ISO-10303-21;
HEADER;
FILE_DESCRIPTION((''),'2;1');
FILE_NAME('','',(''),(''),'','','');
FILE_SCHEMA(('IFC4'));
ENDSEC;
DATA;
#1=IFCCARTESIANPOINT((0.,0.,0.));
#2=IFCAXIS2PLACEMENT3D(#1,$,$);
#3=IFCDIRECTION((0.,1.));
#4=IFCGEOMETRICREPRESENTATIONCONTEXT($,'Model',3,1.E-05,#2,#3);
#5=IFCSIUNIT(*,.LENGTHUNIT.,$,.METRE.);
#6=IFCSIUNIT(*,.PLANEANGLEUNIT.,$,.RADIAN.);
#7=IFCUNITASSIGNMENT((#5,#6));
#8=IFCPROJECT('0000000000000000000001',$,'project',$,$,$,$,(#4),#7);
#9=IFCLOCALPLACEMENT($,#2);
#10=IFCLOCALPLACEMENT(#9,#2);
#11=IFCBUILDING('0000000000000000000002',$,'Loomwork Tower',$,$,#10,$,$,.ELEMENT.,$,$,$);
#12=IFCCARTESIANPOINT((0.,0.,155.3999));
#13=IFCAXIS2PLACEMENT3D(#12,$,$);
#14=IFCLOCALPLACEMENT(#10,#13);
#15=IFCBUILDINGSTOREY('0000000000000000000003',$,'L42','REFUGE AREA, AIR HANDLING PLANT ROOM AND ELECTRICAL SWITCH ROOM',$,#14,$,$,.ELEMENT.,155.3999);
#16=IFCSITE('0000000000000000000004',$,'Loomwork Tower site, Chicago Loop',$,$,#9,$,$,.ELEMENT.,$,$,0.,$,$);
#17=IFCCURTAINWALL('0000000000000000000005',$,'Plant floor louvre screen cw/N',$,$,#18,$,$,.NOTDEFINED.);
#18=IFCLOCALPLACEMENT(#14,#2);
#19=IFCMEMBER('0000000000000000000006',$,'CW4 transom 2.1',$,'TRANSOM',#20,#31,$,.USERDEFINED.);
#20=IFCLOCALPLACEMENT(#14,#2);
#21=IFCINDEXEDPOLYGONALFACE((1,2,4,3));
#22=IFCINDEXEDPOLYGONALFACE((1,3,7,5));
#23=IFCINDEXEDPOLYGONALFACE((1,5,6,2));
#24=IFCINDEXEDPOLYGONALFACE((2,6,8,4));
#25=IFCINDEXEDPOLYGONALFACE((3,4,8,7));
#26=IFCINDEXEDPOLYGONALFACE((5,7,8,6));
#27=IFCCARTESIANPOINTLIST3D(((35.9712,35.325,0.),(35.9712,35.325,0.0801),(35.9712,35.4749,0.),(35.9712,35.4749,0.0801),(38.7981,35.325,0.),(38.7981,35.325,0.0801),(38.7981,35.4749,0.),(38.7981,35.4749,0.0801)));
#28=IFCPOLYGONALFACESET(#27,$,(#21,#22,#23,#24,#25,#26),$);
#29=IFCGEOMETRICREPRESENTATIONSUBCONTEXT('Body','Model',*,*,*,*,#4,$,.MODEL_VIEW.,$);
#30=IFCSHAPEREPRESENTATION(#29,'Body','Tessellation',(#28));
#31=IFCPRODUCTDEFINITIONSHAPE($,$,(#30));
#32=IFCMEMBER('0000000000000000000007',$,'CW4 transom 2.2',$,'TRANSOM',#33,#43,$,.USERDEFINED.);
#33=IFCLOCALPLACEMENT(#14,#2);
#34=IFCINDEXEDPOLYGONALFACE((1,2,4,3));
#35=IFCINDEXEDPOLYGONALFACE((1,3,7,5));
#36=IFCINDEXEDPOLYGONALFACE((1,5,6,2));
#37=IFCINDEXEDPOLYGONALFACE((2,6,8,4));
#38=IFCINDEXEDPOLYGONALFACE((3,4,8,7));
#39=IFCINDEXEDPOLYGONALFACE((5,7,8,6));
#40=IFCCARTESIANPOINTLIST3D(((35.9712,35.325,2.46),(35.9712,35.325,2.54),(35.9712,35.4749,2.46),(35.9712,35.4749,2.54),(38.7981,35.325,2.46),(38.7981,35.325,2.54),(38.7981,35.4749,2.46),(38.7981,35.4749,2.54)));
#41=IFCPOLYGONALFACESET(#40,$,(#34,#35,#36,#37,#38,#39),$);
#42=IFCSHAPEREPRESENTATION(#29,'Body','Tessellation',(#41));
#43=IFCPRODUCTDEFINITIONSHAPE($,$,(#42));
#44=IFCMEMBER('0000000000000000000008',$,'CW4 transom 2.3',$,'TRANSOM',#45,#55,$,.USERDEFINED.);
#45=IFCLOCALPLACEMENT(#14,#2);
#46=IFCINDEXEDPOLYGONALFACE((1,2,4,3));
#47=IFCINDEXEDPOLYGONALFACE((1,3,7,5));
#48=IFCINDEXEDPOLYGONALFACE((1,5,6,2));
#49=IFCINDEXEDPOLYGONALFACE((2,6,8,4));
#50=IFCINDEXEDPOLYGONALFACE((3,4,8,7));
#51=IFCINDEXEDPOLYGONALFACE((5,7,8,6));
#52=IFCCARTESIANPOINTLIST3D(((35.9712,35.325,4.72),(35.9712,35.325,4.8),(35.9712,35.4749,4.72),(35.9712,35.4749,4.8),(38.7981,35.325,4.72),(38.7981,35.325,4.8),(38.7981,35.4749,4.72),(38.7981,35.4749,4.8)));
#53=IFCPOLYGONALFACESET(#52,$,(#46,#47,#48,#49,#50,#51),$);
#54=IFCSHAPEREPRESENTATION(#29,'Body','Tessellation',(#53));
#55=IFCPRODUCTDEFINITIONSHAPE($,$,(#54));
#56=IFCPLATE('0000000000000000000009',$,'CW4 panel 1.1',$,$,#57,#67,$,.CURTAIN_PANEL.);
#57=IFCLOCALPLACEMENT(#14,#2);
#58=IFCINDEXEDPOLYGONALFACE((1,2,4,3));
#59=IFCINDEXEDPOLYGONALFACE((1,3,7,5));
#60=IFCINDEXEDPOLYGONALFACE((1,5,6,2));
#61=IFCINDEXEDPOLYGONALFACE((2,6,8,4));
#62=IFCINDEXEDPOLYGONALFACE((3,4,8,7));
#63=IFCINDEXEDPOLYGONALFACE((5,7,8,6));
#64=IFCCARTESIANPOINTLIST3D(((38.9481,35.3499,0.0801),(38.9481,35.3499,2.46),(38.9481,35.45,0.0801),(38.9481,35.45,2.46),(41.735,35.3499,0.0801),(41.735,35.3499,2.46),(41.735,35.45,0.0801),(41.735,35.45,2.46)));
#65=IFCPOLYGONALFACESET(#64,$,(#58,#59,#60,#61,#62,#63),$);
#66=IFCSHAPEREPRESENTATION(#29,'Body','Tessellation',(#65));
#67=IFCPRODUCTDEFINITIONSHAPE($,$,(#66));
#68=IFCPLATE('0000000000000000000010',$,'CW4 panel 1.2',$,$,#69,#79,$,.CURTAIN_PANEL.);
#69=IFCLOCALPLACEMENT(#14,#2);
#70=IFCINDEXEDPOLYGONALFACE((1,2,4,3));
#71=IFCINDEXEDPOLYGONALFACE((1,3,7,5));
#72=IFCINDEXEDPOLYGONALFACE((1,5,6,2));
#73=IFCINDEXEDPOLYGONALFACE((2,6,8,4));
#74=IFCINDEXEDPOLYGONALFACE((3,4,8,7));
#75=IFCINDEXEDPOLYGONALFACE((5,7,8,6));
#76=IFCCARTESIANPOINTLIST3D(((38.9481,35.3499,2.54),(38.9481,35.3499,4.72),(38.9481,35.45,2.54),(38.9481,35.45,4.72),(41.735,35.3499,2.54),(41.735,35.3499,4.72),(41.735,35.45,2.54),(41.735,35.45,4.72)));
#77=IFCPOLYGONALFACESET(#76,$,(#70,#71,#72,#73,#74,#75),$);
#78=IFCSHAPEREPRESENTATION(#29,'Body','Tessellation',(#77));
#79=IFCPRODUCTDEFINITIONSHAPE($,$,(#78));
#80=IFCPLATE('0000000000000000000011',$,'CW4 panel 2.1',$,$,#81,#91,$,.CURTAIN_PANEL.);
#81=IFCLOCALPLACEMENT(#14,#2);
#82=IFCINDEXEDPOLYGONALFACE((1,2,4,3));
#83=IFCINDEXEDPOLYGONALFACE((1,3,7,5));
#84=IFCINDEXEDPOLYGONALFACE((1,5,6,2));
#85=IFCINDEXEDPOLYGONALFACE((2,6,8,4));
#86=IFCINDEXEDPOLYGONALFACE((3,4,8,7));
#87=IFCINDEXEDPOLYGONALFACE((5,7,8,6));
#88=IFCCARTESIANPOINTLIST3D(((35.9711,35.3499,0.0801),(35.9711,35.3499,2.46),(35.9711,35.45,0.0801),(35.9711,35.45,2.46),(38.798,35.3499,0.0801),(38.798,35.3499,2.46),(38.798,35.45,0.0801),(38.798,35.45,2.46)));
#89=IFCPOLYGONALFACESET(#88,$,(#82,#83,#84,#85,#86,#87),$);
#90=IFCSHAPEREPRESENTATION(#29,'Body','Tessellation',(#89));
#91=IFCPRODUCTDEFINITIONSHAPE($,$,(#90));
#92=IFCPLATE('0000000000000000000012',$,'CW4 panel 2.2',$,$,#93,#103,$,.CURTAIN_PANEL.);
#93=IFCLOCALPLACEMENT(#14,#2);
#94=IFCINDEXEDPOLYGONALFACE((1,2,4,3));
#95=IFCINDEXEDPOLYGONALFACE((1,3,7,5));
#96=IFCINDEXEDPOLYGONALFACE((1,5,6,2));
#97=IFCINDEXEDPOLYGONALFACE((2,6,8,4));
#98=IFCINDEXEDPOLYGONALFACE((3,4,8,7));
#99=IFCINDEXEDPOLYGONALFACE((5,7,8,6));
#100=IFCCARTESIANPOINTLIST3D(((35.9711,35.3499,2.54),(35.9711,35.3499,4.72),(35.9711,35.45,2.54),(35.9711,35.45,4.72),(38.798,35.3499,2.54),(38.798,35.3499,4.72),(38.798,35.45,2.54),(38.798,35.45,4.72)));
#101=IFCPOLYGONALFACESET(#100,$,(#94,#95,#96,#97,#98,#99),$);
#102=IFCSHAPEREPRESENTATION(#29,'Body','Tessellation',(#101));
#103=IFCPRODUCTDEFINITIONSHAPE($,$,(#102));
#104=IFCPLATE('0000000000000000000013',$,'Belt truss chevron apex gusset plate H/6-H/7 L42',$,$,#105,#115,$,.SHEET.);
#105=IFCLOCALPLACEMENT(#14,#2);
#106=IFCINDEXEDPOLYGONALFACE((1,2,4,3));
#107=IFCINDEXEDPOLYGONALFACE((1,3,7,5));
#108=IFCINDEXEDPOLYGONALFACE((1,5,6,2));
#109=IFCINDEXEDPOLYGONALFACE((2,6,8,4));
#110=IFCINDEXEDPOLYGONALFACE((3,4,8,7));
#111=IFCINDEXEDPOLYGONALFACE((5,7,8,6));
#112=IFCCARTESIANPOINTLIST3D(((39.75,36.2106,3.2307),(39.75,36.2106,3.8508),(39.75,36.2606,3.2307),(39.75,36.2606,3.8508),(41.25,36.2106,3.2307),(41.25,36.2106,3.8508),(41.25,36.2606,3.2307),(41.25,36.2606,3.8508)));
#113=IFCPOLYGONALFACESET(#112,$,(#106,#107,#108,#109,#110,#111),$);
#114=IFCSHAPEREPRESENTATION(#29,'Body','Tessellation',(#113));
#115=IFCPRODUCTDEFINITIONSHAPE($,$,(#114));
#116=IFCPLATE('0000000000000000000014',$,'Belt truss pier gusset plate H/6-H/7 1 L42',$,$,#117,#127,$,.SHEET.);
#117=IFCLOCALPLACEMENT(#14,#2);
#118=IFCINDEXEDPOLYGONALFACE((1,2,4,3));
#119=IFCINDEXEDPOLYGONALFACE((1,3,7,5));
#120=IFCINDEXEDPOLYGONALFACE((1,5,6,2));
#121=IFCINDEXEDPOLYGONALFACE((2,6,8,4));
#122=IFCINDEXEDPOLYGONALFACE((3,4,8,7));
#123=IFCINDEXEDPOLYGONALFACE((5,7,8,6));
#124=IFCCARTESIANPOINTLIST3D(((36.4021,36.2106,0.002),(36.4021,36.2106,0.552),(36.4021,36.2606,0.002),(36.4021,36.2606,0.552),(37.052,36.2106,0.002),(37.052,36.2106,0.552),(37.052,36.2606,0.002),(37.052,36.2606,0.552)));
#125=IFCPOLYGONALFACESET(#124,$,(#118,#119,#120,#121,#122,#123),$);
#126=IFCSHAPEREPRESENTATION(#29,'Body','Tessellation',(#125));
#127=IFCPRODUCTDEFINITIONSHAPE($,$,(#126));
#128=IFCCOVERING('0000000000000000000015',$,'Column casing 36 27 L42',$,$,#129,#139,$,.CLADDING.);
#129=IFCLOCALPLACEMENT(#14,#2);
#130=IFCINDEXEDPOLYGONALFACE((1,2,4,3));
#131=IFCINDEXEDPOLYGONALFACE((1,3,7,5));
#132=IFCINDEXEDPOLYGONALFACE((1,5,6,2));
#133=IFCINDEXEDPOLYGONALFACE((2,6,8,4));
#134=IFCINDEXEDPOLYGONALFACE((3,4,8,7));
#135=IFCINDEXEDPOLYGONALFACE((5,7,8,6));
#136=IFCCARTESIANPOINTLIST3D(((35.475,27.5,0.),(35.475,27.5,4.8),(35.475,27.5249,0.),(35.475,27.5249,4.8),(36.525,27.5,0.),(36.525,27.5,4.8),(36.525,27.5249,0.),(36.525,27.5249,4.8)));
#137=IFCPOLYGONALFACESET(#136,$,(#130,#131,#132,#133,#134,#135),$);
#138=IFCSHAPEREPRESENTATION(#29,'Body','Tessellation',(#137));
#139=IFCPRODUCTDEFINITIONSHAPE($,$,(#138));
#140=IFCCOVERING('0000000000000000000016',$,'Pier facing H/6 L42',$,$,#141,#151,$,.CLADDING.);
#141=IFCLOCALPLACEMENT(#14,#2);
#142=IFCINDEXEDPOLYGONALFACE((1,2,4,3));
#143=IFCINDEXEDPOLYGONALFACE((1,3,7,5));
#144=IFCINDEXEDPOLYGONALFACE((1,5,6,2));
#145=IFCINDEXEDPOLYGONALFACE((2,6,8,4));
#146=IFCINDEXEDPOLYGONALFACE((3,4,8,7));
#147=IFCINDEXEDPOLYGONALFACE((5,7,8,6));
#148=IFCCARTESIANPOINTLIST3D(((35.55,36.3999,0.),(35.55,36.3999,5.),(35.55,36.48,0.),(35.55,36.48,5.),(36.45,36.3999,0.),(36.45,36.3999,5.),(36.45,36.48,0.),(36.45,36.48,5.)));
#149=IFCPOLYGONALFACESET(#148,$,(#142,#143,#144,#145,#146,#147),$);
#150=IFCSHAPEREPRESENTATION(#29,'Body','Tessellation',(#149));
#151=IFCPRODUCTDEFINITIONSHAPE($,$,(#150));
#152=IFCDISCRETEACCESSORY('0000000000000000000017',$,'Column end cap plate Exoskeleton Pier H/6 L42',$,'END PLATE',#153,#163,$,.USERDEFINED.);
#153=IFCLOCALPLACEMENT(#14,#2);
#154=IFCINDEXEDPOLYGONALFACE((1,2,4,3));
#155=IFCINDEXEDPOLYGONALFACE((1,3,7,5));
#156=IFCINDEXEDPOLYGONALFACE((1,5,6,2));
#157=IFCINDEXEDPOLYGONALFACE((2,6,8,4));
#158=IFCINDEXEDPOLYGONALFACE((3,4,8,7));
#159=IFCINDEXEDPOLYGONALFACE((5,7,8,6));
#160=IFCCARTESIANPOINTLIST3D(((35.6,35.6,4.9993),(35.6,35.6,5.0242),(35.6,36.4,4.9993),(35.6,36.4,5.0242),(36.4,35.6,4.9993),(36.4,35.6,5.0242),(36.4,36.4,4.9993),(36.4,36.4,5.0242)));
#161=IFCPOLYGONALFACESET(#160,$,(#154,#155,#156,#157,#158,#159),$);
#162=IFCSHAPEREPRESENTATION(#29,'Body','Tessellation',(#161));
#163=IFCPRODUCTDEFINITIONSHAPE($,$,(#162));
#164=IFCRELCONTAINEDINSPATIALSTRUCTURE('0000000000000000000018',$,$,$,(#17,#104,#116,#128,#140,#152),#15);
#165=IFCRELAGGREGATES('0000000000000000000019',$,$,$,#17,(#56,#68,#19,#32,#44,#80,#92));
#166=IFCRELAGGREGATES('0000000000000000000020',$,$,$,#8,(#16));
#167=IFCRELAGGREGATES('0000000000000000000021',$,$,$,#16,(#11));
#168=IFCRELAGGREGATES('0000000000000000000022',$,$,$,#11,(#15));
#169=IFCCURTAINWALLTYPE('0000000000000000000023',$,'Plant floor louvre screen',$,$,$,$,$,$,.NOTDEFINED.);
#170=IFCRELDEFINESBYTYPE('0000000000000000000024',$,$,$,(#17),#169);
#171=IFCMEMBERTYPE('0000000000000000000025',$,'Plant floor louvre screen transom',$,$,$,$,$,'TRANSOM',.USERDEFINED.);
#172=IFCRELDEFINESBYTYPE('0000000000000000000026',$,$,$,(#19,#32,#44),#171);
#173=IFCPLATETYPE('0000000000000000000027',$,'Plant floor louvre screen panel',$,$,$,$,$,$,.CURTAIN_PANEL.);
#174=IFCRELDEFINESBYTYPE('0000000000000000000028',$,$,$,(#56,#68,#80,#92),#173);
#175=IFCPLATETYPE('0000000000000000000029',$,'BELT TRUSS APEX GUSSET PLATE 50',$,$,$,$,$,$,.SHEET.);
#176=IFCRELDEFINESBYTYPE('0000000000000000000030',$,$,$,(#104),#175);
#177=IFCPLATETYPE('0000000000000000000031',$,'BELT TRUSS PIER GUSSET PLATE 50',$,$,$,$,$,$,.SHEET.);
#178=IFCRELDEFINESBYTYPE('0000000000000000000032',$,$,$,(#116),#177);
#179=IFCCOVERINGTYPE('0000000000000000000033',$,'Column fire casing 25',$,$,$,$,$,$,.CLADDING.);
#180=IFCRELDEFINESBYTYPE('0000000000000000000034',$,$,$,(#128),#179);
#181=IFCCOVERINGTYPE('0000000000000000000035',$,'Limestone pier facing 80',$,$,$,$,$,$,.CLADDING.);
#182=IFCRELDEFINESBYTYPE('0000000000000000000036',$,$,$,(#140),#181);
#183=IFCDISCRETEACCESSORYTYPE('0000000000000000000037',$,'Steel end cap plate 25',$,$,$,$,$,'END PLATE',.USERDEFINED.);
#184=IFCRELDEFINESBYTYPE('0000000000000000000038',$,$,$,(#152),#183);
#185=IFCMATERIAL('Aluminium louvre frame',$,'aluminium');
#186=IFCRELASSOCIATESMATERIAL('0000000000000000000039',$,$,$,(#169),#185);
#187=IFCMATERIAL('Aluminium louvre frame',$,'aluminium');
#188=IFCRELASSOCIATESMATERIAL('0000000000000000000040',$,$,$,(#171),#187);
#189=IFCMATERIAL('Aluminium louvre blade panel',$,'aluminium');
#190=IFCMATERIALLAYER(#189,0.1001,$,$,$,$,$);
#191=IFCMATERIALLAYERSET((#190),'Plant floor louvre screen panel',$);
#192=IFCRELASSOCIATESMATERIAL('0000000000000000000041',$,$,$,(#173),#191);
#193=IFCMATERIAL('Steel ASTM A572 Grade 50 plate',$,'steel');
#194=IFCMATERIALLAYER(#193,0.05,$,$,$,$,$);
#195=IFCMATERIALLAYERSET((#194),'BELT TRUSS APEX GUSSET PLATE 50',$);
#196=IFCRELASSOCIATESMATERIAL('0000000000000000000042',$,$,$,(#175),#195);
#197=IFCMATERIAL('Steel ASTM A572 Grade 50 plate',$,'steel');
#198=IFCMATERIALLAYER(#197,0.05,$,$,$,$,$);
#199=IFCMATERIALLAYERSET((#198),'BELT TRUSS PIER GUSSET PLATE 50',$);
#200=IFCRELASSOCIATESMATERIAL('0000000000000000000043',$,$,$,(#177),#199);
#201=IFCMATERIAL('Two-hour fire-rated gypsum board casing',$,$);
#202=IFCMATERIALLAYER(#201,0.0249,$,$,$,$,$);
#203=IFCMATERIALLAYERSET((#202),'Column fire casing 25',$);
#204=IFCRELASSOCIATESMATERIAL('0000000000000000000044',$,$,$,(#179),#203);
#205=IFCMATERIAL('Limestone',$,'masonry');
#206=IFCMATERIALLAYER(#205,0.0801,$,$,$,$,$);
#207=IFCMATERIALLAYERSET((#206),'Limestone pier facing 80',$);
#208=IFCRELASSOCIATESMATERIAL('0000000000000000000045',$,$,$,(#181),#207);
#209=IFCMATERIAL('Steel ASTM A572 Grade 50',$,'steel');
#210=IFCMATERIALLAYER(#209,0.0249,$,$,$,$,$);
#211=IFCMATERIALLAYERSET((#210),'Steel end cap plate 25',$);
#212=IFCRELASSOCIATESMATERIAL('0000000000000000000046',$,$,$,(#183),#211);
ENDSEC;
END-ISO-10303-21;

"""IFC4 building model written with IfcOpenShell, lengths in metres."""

from ifc_helpers import new_model, si_unit, direction, frame, origin, origin_2d, place, context, subcontext, project, spatial, rectangle, extrude, material, layer, layer_set, material_profile, profile_set, type_object, element, aggregate, save


model = new_model("IFC4")

# Units and contexts
model_context = context("Model", 3, precision=1e-05, world=origin(), true_north=direction((0.0, 1.0)))
body_context = subcontext(model_context, "Body", "Model", "MODEL_VIEW")
ifc_project = project(units=[si_unit("LENGTHUNIT", "METRE"), si_unit("PLANEANGLEUNIT", "RADIAN")], contexts=[model_context])

# Site, building, storey
site_placement = place(None, origin())
site = spatial("IfcSite", under=ifc_project, at=site_placement, Name="Loomwork Tower site, Chicago Loop", CompositionType="ELEMENT", RefElevation=0.0)
building_placement = place(site_placement, origin())
building = spatial("IfcBuilding", under=site, at=building_placement, Name="Loomwork Tower", CompositionType="ELEMENT")
storey_placement = place(building_placement, frame((0.0, 0.0, 155.3999)))
storey = spatial("IfcBuildingStorey", under=building, at=storey_placement, Name="L42", Description="REFUGE AREA, AIR HANDLING PLANT ROOM AND ELECTRICAL SWITCH ROOM", CompositionType="ELEMENT", Elevation=155.3999)

# Curtain wall, members, plates
ifc_material_1 = material(Name="Aluminium louvre frame", Category="aluminium")
curtain_wall_type = type_object("IfcCurtainWallType", Name="Plant floor louvre screen", PredefinedType="NOTDEFINED", material=ifc_material_1)
curtain_wall_placement = place(storey_placement, origin())
curtain_wall = element("IfcCurtainWall", 1, at=curtain_wall_placement, inside=storey, type_object=curtain_wall_type, Name="Plant floor louvre screen cw/N", PredefinedType="NOTDEFINED")
ifc_material_2 = material(Name="Aluminium louvre frame", Category="aluminium")
ifc_material_profile_1 = material_profile(ifc_material_2, rectangle(XDim=0.1499, YDim=0.0801, at=origin_2d()), Name="AL 80x150")
ifc_profile_set_1 = profile_set([ifc_material_profile_1], Name="Aluminium louvre frame")
member_type_1 = type_object("IfcMemberType", Name="Plant floor louvre screen transom", ElementType="TRANSOM", PredefinedType="USERDEFINED", material=ifc_profile_set_1)
member_1_placement = place(storey_placement, frame((38.7981, 35.3999, 0.04), z_axis=(-1.0, 0.0, 0.0), x_axis=(0.0, -1.0, 0.0)))
member_1 = element("IfcMember", 2, at=member_1_placement, type_object=member_type_1, Name="CW4 transom 2.1", ObjectType="TRANSOM", PredefinedType="USERDEFINED", context=body_context, shape_type="SweptSolid", body=[
    extrude(rectangle(XDim=0.1499, YDim=0.0801, at=origin_2d()), origin(), (0.0, 0.0, 1.0), 2.8269),
])
member_2_placement = place(storey_placement, frame((38.7981, 35.3999, 2.5), z_axis=(-1.0, 0.0, 0.0), x_axis=(0.0, -1.0, 0.0)))
member_2 = element("IfcMember", 3, at=member_2_placement, type_object=member_type_1, Name="CW4 transom 2.2", ObjectType="TRANSOM", PredefinedType="USERDEFINED", context=body_context, shape_type="SweptSolid", body=[
    extrude(rectangle(XDim=0.1499, YDim=0.0801, at=origin_2d()), origin(), (0.0, 0.0, 1.0), 2.8269),
])
member_3_placement = place(storey_placement, frame((38.7981, 35.3999, 4.76), z_axis=(-1.0, 0.0, 0.0), x_axis=(0.0, -1.0, 0.0)))
member_3 = element("IfcMember", 4, at=member_3_placement, type_object=member_type_1, Name="CW4 transom 2.3", ObjectType="TRANSOM", PredefinedType="USERDEFINED", context=body_context, shape_type="SweptSolid", body=[
    extrude(rectangle(XDim=0.1499, YDim=0.0801, at=origin_2d()), origin(), (0.0, 0.0, 1.0), 2.8269),
])
ifc_material_3 = material(Name="Aluminium louvre blade panel", Category="aluminium")
ifc_layer_1 = layer(ifc_material_3, 0.1001)
ifc_layer_set_1 = layer_set([ifc_layer_1], Name="Plant floor louvre screen panel")
plate_type_1 = type_object("IfcPlateType", Name="Plant floor louvre screen panel", PredefinedType="CURTAIN_PANEL", material=ifc_layer_set_1)
plate_1_placement = place(storey_placement, frame((40.3416, 35.3999, 0.0801), z_axis=(0.0, 0.0, 1.0), x_axis=(-1.0, 0.0, 0.0)))
plate_1 = element("IfcPlate", 5, at=plate_1_placement, type_object=plate_type_1, Name="CW4 panel 1.1", PredefinedType="CURTAIN_PANEL", context=body_context, shape_type="SweptSolid", body=[
    extrude(rectangle(XDim=2.7869, YDim=0.1001, at=origin_2d()), origin(), (0.0, 0.0, 1.0), 2.3799),
])
plate_2_placement = place(storey_placement, frame((40.3416, 35.3999, 2.54), z_axis=(0.0, 0.0, 1.0), x_axis=(-1.0, 0.0, 0.0)))
plate_2 = element("IfcPlate", 6, at=plate_2_placement, type_object=plate_type_1, Name="CW4 panel 1.2", PredefinedType="CURTAIN_PANEL", context=body_context, shape_type="SweptSolid", body=[
    extrude(rectangle(XDim=2.7869, YDim=0.1001, at=origin_2d()), origin(), (0.0, 0.0, 1.0), 2.1799),
])
plate_3_placement = place(storey_placement, frame((37.3845, 35.3999, 0.0801), z_axis=(0.0, 0.0, 1.0), x_axis=(-1.0, 0.0, 0.0)))
plate_3 = element("IfcPlate", 7, at=plate_3_placement, type_object=plate_type_1, Name="CW4 panel 2.1", PredefinedType="CURTAIN_PANEL", context=body_context, shape_type="SweptSolid", body=[
    extrude(rectangle(XDim=2.8269, YDim=0.1001, at=origin_2d()), origin(), (0.0, 0.0, 1.0), 2.3799),
])
plate_4_placement = place(storey_placement, frame((37.3845, 35.3999, 2.54), z_axis=(0.0, 0.0, 1.0), x_axis=(-1.0, 0.0, 0.0)))
plate_4 = element("IfcPlate", 8, at=plate_4_placement, type_object=plate_type_1, Name="CW4 panel 2.2", PredefinedType="CURTAIN_PANEL", context=body_context, shape_type="SweptSolid", body=[
    extrude(rectangle(XDim=2.8269, YDim=0.1001, at=origin_2d()), origin(), (0.0, 0.0, 1.0), 2.1799),
])
aggregate(curtain_wall, [plate_1, plate_2, member_1, member_2, member_3, plate_3, plate_4])

# Plates
ifc_material_4 = material(Name="Steel ASTM A572 Grade 50 plate", Category="steel")
ifc_layer_2 = layer(ifc_material_4, 0.05)
ifc_layer_set_2 = layer_set([ifc_layer_2], Name="BELT TRUSS APEX GUSSET PLATE 50")
plate_type_2 = type_object("IfcPlateType", Name="BELT TRUSS APEX GUSSET PLATE 50", PredefinedType="SHEET", material=ifc_layer_set_2)
plate_5_placement = place(storey_placement, frame((40.5, 36.2356, 3.2307), z_axis=(0.0, 0.0, 1.0), x_axis=(1.0, 0.0, 0.0)))
element("IfcPlate", 9, at=plate_5_placement, inside=storey, type_object=plate_type_2, Name="Belt truss chevron apex gusset plate H/6-H/7 L42", PredefinedType="SHEET", context=body_context, shape_type="SweptSolid", body=[
    extrude(rectangle(XDim=1.5, YDim=0.05, at=origin_2d()), origin(), (0.0, 0.0, 1.0), 0.6201),
])
ifc_material_5 = material(Name="Steel ASTM A572 Grade 50 plate", Category="steel")
ifc_layer_3 = layer(ifc_material_5, 0.05)
ifc_layer_set_3 = layer_set([ifc_layer_3], Name="BELT TRUSS PIER GUSSET PLATE 50")
plate_type_3 = type_object("IfcPlateType", Name="BELT TRUSS PIER GUSSET PLATE 50", PredefinedType="SHEET", material=ifc_layer_set_3)
plate_6_placement = place(storey_placement, frame((36.7271, 36.2356, 0.002), z_axis=(0.0, 0.0, 1.0), x_axis=(1.0, 0.0, 0.0)))
element("IfcPlate", 10, at=plate_6_placement, inside=storey, type_object=plate_type_3, Name="Belt truss pier gusset plate H/6-H/7 1 L42", PredefinedType="SHEET", context=body_context, shape_type="SweptSolid", body=[
    extrude(rectangle(XDim=0.6499, YDim=0.05, at=origin_2d()), origin(), (0.0, 0.0, 1.0), 0.55),
])

# Coverings
ifc_material_6 = material(Name="Two-hour fire-rated gypsum board casing")
ifc_layer_4 = layer(ifc_material_6, 0.0249)
ifc_layer_set_4 = layer_set([ifc_layer_4], Name="Column fire casing 25")
covering_type_1 = type_object("IfcCoveringType", Name="Column fire casing 25", PredefinedType="CLADDING", material=ifc_layer_set_4)
covering_1_placement = place(storey_placement, frame((36.0, 27.5125, 0.0), z_axis=(0.0, 0.0, 1.0), x_axis=(1.0, 0.0, 0.0)))
element("IfcCovering", 11, at=covering_1_placement, inside=storey, type_object=covering_type_1, Name="Column casing 36 27 L42", PredefinedType="CLADDING", context=body_context, shape_type="SweptSolid", body=[
    extrude(rectangle(XDim=1.05, YDim=0.0249, at=origin_2d()), origin(), (0.0, 0.0, 1.0), 4.8),
])
ifc_material_7 = material(Name="Limestone", Category="masonry")
ifc_layer_5 = layer(ifc_material_7, 0.0801)
ifc_layer_set_5 = layer_set([ifc_layer_5], Name="Limestone pier facing 80")
covering_type_2 = type_object("IfcCoveringType", Name="Limestone pier facing 80", PredefinedType="CLADDING", material=ifc_layer_set_5)
covering_2_placement = place(storey_placement, frame((36.0, 36.4399, 0.0), z_axis=(0.0, 0.0, 1.0), x_axis=(1.0, 0.0, 0.0)))
element("IfcCovering", 12, at=covering_2_placement, inside=storey, type_object=covering_type_2, Name="Pier facing H/6 L42", PredefinedType="CLADDING", context=body_context, shape_type="SweptSolid", body=[
    extrude(rectangle(XDim=0.8999, YDim=0.0801, at=origin_2d()), origin(), (0.0, 0.0, 1.0), 5.0),
])

# Discrete accessory
ifc_material_8 = material(Name="Steel ASTM A572 Grade 50", Category="steel")
ifc_layer_6 = layer(ifc_material_8, 0.0249)
ifc_layer_set_6 = layer_set([ifc_layer_6], Name="Steel end cap plate 25")
discrete_accessory_type = type_object("IfcDiscreteAccessoryType", Name="Steel end cap plate 25", ElementType="END PLATE", PredefinedType="USERDEFINED", material=ifc_layer_set_6)
discrete_accessory_placement = place(storey_placement, frame((36.0, 36.0, 4.9993), z_axis=(0.0, 0.0, 1.0), x_axis=(1.0, 0.0, 0.0)))
element("IfcDiscreteAccessory", 13, at=discrete_accessory_placement, inside=storey, type_object=discrete_accessory_type, Name="Column end cap plate Exoskeleton Pier H/6 L42", ObjectType="END PLATE", PredefinedType="USERDEFINED", context=body_context, shape_type="SweptSolid", body=[
    extrude(rectangle(XDim=0.8, YDim=0.8, at=origin_2d()), origin(), (0.0, 0.0, 1.0), 0.0249),
])

save(model, "model.ifc")
